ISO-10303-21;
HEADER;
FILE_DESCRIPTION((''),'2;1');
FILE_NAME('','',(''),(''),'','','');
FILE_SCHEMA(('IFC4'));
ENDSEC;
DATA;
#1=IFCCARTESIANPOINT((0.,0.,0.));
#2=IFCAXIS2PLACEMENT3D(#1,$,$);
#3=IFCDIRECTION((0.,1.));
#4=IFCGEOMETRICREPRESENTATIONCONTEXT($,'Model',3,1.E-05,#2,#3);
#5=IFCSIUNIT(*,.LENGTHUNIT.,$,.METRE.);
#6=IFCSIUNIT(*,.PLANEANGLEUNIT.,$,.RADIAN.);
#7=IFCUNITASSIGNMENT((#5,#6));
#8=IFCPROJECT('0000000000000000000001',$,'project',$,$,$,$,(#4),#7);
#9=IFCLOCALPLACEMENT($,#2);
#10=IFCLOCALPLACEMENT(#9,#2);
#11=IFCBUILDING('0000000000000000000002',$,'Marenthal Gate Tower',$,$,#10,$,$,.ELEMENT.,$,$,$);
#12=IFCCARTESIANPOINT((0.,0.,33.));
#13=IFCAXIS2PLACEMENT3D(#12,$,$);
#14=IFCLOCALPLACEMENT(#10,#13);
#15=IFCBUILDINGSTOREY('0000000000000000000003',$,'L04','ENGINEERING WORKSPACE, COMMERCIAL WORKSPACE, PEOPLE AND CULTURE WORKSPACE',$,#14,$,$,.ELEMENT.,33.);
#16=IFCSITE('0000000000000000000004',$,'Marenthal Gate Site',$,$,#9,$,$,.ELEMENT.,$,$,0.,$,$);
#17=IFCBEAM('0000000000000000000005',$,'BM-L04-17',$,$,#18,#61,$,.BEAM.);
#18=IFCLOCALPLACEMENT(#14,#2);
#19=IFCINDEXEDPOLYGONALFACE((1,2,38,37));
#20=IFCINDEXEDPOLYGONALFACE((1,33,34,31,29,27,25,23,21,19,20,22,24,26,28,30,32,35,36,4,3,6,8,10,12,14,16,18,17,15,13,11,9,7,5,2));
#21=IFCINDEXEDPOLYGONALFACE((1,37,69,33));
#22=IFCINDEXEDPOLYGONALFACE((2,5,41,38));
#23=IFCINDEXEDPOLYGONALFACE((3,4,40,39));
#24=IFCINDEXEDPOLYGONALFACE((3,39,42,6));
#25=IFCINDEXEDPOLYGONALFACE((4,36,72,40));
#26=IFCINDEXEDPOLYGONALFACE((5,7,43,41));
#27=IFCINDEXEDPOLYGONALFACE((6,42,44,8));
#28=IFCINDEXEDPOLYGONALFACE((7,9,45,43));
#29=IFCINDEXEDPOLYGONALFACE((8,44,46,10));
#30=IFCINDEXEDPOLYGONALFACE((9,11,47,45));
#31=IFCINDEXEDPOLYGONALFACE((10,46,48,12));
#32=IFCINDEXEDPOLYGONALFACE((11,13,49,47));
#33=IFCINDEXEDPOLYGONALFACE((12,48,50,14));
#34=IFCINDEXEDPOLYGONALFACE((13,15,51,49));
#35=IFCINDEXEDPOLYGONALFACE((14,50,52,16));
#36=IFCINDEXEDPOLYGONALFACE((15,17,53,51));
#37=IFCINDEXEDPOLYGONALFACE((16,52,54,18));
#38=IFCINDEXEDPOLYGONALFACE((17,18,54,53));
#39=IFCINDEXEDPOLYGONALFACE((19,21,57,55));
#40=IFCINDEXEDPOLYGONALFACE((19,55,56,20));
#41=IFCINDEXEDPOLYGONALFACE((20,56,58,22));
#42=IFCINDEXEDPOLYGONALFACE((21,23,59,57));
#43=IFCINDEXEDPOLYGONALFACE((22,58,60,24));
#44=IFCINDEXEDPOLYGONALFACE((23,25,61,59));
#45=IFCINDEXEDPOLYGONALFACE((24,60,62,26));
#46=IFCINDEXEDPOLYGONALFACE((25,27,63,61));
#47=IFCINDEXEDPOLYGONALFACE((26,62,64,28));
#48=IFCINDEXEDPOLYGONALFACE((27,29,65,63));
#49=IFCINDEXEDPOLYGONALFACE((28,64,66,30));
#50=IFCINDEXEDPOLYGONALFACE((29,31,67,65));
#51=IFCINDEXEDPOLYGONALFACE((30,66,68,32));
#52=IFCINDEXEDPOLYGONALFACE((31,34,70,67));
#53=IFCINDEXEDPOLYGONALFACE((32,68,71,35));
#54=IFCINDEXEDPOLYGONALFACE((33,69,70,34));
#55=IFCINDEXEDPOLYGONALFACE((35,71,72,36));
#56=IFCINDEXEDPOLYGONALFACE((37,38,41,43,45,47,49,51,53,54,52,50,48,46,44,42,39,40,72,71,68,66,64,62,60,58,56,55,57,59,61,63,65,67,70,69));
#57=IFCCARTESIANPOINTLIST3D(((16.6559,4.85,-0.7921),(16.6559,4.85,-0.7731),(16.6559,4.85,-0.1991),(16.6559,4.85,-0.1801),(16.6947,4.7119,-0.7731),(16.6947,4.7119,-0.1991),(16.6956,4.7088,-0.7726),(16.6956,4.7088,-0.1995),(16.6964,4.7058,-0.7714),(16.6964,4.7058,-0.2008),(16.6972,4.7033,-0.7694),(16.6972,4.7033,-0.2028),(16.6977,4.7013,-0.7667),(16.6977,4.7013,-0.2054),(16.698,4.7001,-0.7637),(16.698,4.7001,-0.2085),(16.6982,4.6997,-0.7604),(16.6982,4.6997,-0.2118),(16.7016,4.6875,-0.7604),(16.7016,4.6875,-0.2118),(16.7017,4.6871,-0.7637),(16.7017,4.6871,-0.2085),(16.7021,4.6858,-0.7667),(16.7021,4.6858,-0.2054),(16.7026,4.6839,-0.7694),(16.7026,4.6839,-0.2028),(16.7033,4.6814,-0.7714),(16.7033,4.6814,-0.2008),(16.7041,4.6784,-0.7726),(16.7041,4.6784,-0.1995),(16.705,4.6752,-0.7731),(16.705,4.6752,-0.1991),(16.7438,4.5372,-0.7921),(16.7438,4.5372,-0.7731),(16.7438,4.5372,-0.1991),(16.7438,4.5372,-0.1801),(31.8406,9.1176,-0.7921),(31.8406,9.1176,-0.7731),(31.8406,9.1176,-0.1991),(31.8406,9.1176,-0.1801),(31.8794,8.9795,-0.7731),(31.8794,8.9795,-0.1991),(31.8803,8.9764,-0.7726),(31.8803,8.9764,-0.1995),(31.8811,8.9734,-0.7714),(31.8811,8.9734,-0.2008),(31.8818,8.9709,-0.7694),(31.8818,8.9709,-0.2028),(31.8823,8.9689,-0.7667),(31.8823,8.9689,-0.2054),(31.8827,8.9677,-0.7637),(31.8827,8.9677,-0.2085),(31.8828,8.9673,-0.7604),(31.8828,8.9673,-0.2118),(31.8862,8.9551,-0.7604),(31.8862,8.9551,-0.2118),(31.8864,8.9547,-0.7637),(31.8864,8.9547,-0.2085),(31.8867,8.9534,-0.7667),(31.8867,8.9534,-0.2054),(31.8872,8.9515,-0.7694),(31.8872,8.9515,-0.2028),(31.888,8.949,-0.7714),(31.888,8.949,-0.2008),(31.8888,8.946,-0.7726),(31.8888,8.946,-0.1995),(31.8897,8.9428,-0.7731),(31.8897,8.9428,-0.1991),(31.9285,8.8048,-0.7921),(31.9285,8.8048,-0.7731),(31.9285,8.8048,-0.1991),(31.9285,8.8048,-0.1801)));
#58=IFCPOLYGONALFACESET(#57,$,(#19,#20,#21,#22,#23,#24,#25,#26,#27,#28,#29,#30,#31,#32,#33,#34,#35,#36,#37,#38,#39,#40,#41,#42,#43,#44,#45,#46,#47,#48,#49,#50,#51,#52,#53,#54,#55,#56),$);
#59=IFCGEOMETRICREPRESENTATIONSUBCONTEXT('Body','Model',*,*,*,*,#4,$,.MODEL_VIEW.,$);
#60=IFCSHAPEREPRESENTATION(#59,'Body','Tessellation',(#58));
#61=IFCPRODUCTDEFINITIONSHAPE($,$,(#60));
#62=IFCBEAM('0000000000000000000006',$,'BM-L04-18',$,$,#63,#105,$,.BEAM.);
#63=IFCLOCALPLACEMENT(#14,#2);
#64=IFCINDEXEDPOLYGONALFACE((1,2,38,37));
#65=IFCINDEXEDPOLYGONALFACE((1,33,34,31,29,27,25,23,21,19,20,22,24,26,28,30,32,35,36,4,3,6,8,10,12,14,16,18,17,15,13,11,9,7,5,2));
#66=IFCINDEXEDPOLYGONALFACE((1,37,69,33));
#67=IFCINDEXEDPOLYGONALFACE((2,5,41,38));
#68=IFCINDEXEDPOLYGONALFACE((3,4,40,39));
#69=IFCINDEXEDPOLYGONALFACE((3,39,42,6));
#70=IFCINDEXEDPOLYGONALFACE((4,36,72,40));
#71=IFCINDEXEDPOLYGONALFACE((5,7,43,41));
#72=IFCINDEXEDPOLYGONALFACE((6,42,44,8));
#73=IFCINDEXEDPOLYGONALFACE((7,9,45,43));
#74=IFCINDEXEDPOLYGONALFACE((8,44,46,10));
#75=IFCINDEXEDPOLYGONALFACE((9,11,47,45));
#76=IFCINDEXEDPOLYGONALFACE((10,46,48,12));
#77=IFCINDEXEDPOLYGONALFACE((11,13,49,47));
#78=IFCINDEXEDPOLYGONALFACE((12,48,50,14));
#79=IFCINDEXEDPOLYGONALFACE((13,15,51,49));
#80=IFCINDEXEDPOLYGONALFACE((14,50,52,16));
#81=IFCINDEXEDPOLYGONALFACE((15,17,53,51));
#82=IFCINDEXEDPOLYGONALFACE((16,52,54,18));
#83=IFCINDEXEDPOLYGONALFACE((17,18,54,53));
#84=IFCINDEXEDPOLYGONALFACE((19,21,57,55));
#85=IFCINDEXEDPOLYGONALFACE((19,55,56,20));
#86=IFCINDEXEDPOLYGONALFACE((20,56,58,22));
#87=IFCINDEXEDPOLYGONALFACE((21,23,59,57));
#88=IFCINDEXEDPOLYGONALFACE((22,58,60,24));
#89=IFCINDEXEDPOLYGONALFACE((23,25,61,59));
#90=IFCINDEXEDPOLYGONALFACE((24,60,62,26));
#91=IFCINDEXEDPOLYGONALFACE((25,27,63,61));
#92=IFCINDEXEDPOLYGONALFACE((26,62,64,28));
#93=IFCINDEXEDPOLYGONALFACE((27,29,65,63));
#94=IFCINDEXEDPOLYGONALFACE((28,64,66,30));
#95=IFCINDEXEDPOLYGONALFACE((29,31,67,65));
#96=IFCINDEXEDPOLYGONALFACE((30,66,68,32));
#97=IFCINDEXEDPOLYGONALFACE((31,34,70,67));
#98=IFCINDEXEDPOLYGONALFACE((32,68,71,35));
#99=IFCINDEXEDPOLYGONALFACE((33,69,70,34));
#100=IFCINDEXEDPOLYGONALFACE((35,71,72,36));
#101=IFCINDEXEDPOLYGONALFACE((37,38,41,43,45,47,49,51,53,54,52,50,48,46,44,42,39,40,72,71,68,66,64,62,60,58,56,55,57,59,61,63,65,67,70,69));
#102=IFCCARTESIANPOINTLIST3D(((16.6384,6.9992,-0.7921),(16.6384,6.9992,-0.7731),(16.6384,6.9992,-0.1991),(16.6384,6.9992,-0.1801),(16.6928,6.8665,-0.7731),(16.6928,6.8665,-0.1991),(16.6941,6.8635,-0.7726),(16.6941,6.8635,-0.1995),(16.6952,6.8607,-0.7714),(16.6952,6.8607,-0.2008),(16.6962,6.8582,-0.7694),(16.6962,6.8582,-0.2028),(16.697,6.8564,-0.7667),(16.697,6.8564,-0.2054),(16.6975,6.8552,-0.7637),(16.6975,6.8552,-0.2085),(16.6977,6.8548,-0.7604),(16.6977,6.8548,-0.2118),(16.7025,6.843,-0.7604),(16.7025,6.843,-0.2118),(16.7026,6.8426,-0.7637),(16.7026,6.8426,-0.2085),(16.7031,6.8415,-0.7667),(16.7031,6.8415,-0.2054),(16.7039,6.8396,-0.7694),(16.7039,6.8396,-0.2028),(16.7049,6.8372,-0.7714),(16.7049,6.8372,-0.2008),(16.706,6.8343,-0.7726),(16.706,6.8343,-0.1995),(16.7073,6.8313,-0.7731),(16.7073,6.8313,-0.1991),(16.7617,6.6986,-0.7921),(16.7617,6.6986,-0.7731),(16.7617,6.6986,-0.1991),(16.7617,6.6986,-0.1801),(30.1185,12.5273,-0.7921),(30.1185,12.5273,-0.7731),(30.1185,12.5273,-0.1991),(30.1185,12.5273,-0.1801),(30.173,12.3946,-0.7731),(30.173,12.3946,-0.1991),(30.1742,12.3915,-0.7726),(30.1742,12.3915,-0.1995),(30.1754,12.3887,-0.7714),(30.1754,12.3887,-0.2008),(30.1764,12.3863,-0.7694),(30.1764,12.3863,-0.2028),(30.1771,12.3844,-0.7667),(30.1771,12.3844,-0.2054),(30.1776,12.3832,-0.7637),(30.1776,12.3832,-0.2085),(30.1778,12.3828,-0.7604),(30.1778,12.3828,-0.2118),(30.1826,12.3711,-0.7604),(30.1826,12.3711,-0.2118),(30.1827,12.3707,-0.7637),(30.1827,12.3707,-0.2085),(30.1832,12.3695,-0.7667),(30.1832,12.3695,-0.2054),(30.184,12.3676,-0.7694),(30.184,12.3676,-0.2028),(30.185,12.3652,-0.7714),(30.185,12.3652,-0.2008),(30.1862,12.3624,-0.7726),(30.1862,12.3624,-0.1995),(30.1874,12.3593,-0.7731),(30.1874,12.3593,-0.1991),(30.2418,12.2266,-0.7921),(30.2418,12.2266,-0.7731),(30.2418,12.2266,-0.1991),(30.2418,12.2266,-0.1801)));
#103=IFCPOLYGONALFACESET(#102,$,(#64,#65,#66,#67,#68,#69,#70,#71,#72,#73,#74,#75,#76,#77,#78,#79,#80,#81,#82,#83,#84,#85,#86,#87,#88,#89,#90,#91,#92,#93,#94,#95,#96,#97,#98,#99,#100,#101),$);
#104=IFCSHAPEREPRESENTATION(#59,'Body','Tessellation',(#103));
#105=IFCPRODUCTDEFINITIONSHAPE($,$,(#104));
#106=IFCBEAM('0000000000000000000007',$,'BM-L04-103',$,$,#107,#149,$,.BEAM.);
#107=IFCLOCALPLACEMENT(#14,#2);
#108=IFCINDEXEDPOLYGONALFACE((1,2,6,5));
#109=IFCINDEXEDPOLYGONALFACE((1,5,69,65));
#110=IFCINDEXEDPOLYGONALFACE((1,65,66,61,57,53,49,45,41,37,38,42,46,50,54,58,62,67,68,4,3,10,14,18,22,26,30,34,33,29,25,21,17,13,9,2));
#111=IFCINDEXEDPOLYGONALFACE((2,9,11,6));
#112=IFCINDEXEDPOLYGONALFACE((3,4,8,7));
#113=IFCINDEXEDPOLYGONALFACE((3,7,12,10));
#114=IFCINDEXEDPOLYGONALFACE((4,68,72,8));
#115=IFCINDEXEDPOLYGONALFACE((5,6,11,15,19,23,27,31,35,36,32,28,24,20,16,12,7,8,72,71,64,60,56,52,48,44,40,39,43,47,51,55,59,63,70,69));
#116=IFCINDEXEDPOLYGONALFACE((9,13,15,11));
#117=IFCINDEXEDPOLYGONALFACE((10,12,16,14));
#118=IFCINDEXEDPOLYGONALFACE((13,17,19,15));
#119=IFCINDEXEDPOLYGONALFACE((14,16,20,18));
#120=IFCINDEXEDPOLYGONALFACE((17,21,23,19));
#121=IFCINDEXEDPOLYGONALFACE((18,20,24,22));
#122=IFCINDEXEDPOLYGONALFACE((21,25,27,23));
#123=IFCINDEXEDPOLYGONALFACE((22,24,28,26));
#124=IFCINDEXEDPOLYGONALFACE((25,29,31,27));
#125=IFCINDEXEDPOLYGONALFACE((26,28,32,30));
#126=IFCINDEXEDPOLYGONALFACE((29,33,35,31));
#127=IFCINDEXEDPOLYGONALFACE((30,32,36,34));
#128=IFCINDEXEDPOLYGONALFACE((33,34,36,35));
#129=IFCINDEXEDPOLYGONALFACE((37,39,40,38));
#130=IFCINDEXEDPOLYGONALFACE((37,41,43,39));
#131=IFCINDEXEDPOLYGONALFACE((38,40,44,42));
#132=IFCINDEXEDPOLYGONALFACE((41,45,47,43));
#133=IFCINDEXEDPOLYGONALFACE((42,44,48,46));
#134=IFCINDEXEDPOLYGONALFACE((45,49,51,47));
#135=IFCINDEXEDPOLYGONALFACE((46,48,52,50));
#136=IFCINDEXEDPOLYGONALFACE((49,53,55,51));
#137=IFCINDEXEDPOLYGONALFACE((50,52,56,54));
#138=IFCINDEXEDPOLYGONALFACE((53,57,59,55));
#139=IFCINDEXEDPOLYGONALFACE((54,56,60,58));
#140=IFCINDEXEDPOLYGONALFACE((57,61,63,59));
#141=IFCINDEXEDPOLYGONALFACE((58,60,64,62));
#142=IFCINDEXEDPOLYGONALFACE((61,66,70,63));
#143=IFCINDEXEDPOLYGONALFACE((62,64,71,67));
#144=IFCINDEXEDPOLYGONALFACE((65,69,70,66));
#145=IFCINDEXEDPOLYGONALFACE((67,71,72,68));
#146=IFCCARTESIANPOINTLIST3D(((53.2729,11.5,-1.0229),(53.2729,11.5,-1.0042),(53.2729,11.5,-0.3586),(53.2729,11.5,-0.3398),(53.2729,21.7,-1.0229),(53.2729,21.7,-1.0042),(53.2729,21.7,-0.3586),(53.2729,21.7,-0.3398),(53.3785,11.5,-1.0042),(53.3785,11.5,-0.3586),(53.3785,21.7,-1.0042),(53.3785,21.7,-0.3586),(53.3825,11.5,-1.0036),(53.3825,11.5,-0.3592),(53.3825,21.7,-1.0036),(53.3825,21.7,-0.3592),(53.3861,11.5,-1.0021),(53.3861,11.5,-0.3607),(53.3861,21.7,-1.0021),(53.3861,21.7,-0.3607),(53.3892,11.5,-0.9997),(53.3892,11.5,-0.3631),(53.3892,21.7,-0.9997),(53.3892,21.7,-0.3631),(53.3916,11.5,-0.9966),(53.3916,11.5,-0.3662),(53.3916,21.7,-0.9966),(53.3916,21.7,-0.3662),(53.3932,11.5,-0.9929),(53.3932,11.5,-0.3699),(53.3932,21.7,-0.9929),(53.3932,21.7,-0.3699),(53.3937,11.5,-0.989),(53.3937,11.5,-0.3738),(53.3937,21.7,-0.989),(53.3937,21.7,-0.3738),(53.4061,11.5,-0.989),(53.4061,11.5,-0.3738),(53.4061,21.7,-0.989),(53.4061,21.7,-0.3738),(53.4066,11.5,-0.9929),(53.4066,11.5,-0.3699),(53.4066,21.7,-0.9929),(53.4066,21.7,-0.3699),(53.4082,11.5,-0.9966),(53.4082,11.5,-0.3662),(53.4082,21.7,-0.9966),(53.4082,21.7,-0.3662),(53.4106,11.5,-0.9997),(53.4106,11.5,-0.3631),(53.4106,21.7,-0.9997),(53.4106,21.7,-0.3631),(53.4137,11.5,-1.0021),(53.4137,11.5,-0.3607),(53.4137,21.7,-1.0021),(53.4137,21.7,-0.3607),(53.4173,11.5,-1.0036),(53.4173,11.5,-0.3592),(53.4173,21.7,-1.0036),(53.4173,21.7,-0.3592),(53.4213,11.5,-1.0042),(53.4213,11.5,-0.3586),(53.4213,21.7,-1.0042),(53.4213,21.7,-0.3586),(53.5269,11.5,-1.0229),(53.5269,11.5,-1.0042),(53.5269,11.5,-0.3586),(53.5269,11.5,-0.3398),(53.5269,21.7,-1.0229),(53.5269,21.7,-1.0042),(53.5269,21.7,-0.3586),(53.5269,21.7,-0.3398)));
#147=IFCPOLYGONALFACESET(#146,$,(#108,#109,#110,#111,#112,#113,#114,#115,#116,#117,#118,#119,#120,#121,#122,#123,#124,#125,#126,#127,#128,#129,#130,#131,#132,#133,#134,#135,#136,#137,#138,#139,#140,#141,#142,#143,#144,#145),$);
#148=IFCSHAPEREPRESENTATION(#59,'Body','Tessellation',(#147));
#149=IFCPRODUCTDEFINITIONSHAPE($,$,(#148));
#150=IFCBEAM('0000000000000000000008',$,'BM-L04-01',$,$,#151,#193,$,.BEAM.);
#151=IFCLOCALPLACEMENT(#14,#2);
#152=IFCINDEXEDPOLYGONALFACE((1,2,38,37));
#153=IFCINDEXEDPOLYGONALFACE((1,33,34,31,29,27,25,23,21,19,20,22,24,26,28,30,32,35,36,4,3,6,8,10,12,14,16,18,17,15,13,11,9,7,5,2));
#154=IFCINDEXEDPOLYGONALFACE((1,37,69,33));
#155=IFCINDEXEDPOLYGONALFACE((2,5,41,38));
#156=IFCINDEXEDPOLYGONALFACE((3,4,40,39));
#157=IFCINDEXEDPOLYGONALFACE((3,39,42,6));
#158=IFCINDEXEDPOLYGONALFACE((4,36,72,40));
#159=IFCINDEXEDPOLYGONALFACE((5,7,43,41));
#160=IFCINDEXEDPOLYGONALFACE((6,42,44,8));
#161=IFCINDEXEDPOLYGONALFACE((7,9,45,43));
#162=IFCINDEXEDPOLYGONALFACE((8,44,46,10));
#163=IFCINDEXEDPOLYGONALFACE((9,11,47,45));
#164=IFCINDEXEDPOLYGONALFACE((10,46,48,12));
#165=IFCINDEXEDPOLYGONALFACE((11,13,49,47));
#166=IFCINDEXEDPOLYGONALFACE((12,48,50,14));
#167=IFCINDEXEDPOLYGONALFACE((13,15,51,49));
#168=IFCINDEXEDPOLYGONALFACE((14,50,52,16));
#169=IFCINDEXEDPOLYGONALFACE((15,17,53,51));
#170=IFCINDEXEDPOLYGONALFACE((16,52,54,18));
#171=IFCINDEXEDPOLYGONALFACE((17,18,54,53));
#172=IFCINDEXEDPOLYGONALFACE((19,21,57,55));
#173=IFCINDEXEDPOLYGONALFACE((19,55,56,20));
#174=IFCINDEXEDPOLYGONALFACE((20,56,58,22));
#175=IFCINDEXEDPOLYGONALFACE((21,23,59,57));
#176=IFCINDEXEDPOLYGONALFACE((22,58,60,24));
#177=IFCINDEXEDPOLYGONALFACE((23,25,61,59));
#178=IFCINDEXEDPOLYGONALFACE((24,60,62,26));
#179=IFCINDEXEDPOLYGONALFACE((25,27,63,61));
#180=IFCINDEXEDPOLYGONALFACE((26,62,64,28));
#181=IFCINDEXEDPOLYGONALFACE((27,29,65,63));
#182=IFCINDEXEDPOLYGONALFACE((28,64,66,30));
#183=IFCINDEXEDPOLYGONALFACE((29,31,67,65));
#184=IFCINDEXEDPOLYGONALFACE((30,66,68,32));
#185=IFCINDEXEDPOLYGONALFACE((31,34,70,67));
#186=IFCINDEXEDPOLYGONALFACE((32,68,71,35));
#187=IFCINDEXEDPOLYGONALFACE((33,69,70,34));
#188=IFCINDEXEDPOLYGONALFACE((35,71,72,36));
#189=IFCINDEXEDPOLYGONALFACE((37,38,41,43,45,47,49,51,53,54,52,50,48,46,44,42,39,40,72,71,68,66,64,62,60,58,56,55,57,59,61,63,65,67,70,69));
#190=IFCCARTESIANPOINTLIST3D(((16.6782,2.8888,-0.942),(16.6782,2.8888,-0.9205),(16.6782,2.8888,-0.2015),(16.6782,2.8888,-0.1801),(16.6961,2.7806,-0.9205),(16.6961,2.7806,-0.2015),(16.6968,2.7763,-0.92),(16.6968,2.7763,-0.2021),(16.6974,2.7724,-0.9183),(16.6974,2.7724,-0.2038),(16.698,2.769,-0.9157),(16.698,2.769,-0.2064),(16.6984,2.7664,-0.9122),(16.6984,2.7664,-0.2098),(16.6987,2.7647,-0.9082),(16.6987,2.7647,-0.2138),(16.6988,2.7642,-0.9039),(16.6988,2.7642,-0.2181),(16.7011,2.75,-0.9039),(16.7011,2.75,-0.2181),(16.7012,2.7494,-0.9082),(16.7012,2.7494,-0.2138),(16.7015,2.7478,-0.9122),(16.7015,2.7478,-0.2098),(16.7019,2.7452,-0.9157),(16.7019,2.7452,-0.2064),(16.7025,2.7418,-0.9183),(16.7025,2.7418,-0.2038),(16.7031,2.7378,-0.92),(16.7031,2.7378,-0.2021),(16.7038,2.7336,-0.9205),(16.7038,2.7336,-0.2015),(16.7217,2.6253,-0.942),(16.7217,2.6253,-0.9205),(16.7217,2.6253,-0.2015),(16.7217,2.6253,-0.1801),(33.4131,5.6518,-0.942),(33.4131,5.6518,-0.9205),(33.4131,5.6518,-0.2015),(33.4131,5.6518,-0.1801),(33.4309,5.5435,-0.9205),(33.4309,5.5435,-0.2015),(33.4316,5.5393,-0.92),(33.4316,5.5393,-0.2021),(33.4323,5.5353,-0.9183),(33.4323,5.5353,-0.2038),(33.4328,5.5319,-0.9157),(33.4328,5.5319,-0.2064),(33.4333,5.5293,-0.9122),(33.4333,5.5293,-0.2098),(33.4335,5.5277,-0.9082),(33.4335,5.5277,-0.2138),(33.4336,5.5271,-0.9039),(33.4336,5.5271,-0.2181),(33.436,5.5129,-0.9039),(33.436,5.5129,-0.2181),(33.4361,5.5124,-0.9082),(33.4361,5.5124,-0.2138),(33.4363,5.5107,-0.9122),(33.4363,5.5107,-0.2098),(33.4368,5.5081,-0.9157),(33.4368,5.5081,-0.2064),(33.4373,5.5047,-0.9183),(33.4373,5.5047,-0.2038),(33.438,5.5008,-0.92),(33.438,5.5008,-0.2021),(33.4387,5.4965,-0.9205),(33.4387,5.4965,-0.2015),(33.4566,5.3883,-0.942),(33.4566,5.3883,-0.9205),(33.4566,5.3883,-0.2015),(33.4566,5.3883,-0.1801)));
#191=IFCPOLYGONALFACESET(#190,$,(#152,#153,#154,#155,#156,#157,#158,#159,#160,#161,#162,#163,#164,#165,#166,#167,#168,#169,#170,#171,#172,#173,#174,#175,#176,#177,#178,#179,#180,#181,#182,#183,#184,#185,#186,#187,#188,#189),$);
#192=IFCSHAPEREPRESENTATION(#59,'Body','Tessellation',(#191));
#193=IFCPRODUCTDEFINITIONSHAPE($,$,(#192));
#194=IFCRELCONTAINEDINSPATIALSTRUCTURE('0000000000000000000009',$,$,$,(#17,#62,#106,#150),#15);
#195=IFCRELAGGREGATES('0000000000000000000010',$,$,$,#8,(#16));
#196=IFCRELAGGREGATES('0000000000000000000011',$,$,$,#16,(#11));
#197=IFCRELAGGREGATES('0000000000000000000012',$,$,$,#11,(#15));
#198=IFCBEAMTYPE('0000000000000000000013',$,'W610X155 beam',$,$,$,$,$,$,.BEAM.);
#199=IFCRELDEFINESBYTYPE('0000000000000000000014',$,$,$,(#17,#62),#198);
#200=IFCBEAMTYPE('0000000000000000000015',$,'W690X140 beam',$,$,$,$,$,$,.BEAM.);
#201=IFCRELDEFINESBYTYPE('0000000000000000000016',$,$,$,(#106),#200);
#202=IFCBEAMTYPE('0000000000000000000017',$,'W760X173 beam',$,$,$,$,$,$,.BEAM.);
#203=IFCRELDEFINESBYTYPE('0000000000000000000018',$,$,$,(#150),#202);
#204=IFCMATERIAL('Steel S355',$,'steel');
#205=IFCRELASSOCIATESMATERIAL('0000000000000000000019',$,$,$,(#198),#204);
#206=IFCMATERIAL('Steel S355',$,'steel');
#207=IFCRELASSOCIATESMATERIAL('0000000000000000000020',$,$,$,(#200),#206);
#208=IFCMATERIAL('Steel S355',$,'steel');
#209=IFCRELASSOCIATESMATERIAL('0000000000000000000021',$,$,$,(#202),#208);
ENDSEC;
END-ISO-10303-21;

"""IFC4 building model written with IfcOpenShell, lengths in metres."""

from ifc_helpers import new_model, si_unit, direction, frame, origin, origin_2d, place, context, subcontext, project, spatial, i_section, extrude, material, material_profile, profile_set, type_object, element, save


model = new_model("IFC4")

# Units and contexts
model_context = context("Model", 3, precision=1e-05, world=origin(), true_north=direction((0.0, 1.0)))
body_context = subcontext(model_context, "Body", "Model", "MODEL_VIEW")
ifc_project = project(units=[si_unit("LENGTHUNIT", "METRE"), si_unit("PLANEANGLEUNIT", "RADIAN")], contexts=[model_context])

# Site, building, storey
site_placement = place(None, origin())
site = spatial("IfcSite", under=ifc_project, at=site_placement, Name="Marenthal Gate Site", CompositionType="ELEMENT", RefElevation=0.0)
building_placement = place(site_placement, origin())
building = spatial("IfcBuilding", under=site, at=building_placement, Name="Marenthal Gate Tower", CompositionType="ELEMENT")
storey_placement = place(building_placement, frame((0.0, 0.0, 33.0)))
storey = spatial("IfcBuildingStorey", under=building, at=storey_placement, Name="L04", Description="ENGINEERING WORKSPACE, COMMERCIAL WORKSPACE, PEOPLE AND CULTURE WORKSPACE", CompositionType="ELEMENT", Elevation=33.0)

# Beams
ifc_material_1 = material(Name="Steel S355", Category="steel")
ifc_material_profile_1 = material_profile(ifc_material_1, i_section(OverallWidth=0.325, OverallDepth=0.6121, WebThickness=0.0127, FlangeThickness=0.019, FilletRadius=0.0127, at=origin_2d()), Name="W610X155")
ifc_profile_set_1 = profile_set([ifc_material_profile_1], Name="Steel S355")
beam_type_1 = type_object("IfcBeamType", Name="W610X155 beam", PredefinedType="BEAM", material=ifc_profile_set_1)
beam_1_placement = place(storey_placement, frame((31.8845, 8.9612, -0.4861), z_axis=(-0.962702, -0.270564, 0.0), x_axis=(0.270564, -0.962702, 0.0)))
element("IfcBeam", 1, at=beam_1_placement, inside=storey, type_object=beam_type_1, Name="BM-L04-17", PredefinedType="BEAM", context=body_context, shape_type="SweptSolid", body=[
    extrude(i_section(OverallWidth=0.325, OverallDepth=0.6121, WebThickness=0.0127, FlangeThickness=0.019, FilletRadius=0.0127, at=origin_2d()), origin(), (0.0, 0.0, 1.0), 15.7729),
])
beam_2_placement = place(storey_placement, frame((30.1802, 12.377, -0.4861), z_axis=(-0.925223, -0.379423, 0.0), x_axis=(0.379423, -0.925223, 0.0)))
element("IfcBeam", 2, at=beam_2_placement, inside=storey, type_object=beam_type_1, Name="BM-L04-18", PredefinedType="BEAM", context=body_context, shape_type="SweptSolid", body=[
    extrude(i_section(OverallWidth=0.325, OverallDepth=0.6121, WebThickness=0.0127, FlangeThickness=0.019, FilletRadius=0.0127, at=origin_2d()), origin(), (0.0, 0.0, 1.0), 14.5696),
])
ifc_material_2 = material(Name="Steel S355", Category="steel")
ifc_material_profile_2 = material_profile(ifc_material_2, i_section(OverallWidth=0.2539, OverallDepth=0.6831, WebThickness=0.0125, FlangeThickness=0.0188, FilletRadius=0.0151, at=origin_2d()), Name="W690X140")
ifc_profile_set_2 = profile_set([ifc_material_profile_2], Name="Steel S355")
beam_type_2 = type_object("IfcBeamType", Name="W690X140 beam", PredefinedType="BEAM", material=ifc_profile_set_2)
beam_3_placement = place(storey_placement, frame((53.3999, 11.5, -0.6814), z_axis=(0.0, 1.0, 0.0), x_axis=(-1.0, 0.0, 0.0)))
element("IfcBeam", 3, at=beam_3_placement, inside=storey, type_object=beam_type_2, Name="BM-L04-103", PredefinedType="BEAM", context=body_context, shape_type="SweptSolid", body=[
    extrude(i_section(OverallWidth=0.2539, OverallDepth=0.6831, WebThickness=0.0125, FlangeThickness=0.0188, FilletRadius=0.0151, at=origin_2d()), origin(), (0.0, 0.0, 1.0), 10.2),
])
ifc_material_3 = material(Name="Steel S355", Category="steel")
ifc_material_profile_3 = material_profile(ifc_material_3, i_section(OverallWidth=0.2671, OverallDepth=0.762, WebThickness=0.0144, FlangeThickness=0.0215, FilletRadius=0.0166, at=origin_2d()), Name="W760X173")
ifc_profile_set_3 = profile_set([ifc_material_profile_3], Name="Steel S355")
beam_type_3 = type_object("IfcBeamType", Name="W760X173 beam", PredefinedType="BEAM", material=ifc_profile_set_3)
beam_4_placement = place(storey_placement, frame((33.4348, 5.52, -0.561), z_axis=(-0.986643, -0.162896, 0.0), x_axis=(0.162896, -0.986643, 0.0)))
element("IfcBeam", 4, at=beam_4_placement, inside=storey, type_object=beam_type_3, Name="BM-L04-01", PredefinedType="BEAM", context=body_context, shape_type="SweptSolid", body=[
    extrude(i_section(OverallWidth=0.2671, OverallDepth=0.762, WebThickness=0.0144, FlangeThickness=0.0215, FilletRadius=0.0166, at=origin_2d()), origin(), (0.0, 0.0, 1.0), 16.9614),
])

save(model, "model.ifc")
